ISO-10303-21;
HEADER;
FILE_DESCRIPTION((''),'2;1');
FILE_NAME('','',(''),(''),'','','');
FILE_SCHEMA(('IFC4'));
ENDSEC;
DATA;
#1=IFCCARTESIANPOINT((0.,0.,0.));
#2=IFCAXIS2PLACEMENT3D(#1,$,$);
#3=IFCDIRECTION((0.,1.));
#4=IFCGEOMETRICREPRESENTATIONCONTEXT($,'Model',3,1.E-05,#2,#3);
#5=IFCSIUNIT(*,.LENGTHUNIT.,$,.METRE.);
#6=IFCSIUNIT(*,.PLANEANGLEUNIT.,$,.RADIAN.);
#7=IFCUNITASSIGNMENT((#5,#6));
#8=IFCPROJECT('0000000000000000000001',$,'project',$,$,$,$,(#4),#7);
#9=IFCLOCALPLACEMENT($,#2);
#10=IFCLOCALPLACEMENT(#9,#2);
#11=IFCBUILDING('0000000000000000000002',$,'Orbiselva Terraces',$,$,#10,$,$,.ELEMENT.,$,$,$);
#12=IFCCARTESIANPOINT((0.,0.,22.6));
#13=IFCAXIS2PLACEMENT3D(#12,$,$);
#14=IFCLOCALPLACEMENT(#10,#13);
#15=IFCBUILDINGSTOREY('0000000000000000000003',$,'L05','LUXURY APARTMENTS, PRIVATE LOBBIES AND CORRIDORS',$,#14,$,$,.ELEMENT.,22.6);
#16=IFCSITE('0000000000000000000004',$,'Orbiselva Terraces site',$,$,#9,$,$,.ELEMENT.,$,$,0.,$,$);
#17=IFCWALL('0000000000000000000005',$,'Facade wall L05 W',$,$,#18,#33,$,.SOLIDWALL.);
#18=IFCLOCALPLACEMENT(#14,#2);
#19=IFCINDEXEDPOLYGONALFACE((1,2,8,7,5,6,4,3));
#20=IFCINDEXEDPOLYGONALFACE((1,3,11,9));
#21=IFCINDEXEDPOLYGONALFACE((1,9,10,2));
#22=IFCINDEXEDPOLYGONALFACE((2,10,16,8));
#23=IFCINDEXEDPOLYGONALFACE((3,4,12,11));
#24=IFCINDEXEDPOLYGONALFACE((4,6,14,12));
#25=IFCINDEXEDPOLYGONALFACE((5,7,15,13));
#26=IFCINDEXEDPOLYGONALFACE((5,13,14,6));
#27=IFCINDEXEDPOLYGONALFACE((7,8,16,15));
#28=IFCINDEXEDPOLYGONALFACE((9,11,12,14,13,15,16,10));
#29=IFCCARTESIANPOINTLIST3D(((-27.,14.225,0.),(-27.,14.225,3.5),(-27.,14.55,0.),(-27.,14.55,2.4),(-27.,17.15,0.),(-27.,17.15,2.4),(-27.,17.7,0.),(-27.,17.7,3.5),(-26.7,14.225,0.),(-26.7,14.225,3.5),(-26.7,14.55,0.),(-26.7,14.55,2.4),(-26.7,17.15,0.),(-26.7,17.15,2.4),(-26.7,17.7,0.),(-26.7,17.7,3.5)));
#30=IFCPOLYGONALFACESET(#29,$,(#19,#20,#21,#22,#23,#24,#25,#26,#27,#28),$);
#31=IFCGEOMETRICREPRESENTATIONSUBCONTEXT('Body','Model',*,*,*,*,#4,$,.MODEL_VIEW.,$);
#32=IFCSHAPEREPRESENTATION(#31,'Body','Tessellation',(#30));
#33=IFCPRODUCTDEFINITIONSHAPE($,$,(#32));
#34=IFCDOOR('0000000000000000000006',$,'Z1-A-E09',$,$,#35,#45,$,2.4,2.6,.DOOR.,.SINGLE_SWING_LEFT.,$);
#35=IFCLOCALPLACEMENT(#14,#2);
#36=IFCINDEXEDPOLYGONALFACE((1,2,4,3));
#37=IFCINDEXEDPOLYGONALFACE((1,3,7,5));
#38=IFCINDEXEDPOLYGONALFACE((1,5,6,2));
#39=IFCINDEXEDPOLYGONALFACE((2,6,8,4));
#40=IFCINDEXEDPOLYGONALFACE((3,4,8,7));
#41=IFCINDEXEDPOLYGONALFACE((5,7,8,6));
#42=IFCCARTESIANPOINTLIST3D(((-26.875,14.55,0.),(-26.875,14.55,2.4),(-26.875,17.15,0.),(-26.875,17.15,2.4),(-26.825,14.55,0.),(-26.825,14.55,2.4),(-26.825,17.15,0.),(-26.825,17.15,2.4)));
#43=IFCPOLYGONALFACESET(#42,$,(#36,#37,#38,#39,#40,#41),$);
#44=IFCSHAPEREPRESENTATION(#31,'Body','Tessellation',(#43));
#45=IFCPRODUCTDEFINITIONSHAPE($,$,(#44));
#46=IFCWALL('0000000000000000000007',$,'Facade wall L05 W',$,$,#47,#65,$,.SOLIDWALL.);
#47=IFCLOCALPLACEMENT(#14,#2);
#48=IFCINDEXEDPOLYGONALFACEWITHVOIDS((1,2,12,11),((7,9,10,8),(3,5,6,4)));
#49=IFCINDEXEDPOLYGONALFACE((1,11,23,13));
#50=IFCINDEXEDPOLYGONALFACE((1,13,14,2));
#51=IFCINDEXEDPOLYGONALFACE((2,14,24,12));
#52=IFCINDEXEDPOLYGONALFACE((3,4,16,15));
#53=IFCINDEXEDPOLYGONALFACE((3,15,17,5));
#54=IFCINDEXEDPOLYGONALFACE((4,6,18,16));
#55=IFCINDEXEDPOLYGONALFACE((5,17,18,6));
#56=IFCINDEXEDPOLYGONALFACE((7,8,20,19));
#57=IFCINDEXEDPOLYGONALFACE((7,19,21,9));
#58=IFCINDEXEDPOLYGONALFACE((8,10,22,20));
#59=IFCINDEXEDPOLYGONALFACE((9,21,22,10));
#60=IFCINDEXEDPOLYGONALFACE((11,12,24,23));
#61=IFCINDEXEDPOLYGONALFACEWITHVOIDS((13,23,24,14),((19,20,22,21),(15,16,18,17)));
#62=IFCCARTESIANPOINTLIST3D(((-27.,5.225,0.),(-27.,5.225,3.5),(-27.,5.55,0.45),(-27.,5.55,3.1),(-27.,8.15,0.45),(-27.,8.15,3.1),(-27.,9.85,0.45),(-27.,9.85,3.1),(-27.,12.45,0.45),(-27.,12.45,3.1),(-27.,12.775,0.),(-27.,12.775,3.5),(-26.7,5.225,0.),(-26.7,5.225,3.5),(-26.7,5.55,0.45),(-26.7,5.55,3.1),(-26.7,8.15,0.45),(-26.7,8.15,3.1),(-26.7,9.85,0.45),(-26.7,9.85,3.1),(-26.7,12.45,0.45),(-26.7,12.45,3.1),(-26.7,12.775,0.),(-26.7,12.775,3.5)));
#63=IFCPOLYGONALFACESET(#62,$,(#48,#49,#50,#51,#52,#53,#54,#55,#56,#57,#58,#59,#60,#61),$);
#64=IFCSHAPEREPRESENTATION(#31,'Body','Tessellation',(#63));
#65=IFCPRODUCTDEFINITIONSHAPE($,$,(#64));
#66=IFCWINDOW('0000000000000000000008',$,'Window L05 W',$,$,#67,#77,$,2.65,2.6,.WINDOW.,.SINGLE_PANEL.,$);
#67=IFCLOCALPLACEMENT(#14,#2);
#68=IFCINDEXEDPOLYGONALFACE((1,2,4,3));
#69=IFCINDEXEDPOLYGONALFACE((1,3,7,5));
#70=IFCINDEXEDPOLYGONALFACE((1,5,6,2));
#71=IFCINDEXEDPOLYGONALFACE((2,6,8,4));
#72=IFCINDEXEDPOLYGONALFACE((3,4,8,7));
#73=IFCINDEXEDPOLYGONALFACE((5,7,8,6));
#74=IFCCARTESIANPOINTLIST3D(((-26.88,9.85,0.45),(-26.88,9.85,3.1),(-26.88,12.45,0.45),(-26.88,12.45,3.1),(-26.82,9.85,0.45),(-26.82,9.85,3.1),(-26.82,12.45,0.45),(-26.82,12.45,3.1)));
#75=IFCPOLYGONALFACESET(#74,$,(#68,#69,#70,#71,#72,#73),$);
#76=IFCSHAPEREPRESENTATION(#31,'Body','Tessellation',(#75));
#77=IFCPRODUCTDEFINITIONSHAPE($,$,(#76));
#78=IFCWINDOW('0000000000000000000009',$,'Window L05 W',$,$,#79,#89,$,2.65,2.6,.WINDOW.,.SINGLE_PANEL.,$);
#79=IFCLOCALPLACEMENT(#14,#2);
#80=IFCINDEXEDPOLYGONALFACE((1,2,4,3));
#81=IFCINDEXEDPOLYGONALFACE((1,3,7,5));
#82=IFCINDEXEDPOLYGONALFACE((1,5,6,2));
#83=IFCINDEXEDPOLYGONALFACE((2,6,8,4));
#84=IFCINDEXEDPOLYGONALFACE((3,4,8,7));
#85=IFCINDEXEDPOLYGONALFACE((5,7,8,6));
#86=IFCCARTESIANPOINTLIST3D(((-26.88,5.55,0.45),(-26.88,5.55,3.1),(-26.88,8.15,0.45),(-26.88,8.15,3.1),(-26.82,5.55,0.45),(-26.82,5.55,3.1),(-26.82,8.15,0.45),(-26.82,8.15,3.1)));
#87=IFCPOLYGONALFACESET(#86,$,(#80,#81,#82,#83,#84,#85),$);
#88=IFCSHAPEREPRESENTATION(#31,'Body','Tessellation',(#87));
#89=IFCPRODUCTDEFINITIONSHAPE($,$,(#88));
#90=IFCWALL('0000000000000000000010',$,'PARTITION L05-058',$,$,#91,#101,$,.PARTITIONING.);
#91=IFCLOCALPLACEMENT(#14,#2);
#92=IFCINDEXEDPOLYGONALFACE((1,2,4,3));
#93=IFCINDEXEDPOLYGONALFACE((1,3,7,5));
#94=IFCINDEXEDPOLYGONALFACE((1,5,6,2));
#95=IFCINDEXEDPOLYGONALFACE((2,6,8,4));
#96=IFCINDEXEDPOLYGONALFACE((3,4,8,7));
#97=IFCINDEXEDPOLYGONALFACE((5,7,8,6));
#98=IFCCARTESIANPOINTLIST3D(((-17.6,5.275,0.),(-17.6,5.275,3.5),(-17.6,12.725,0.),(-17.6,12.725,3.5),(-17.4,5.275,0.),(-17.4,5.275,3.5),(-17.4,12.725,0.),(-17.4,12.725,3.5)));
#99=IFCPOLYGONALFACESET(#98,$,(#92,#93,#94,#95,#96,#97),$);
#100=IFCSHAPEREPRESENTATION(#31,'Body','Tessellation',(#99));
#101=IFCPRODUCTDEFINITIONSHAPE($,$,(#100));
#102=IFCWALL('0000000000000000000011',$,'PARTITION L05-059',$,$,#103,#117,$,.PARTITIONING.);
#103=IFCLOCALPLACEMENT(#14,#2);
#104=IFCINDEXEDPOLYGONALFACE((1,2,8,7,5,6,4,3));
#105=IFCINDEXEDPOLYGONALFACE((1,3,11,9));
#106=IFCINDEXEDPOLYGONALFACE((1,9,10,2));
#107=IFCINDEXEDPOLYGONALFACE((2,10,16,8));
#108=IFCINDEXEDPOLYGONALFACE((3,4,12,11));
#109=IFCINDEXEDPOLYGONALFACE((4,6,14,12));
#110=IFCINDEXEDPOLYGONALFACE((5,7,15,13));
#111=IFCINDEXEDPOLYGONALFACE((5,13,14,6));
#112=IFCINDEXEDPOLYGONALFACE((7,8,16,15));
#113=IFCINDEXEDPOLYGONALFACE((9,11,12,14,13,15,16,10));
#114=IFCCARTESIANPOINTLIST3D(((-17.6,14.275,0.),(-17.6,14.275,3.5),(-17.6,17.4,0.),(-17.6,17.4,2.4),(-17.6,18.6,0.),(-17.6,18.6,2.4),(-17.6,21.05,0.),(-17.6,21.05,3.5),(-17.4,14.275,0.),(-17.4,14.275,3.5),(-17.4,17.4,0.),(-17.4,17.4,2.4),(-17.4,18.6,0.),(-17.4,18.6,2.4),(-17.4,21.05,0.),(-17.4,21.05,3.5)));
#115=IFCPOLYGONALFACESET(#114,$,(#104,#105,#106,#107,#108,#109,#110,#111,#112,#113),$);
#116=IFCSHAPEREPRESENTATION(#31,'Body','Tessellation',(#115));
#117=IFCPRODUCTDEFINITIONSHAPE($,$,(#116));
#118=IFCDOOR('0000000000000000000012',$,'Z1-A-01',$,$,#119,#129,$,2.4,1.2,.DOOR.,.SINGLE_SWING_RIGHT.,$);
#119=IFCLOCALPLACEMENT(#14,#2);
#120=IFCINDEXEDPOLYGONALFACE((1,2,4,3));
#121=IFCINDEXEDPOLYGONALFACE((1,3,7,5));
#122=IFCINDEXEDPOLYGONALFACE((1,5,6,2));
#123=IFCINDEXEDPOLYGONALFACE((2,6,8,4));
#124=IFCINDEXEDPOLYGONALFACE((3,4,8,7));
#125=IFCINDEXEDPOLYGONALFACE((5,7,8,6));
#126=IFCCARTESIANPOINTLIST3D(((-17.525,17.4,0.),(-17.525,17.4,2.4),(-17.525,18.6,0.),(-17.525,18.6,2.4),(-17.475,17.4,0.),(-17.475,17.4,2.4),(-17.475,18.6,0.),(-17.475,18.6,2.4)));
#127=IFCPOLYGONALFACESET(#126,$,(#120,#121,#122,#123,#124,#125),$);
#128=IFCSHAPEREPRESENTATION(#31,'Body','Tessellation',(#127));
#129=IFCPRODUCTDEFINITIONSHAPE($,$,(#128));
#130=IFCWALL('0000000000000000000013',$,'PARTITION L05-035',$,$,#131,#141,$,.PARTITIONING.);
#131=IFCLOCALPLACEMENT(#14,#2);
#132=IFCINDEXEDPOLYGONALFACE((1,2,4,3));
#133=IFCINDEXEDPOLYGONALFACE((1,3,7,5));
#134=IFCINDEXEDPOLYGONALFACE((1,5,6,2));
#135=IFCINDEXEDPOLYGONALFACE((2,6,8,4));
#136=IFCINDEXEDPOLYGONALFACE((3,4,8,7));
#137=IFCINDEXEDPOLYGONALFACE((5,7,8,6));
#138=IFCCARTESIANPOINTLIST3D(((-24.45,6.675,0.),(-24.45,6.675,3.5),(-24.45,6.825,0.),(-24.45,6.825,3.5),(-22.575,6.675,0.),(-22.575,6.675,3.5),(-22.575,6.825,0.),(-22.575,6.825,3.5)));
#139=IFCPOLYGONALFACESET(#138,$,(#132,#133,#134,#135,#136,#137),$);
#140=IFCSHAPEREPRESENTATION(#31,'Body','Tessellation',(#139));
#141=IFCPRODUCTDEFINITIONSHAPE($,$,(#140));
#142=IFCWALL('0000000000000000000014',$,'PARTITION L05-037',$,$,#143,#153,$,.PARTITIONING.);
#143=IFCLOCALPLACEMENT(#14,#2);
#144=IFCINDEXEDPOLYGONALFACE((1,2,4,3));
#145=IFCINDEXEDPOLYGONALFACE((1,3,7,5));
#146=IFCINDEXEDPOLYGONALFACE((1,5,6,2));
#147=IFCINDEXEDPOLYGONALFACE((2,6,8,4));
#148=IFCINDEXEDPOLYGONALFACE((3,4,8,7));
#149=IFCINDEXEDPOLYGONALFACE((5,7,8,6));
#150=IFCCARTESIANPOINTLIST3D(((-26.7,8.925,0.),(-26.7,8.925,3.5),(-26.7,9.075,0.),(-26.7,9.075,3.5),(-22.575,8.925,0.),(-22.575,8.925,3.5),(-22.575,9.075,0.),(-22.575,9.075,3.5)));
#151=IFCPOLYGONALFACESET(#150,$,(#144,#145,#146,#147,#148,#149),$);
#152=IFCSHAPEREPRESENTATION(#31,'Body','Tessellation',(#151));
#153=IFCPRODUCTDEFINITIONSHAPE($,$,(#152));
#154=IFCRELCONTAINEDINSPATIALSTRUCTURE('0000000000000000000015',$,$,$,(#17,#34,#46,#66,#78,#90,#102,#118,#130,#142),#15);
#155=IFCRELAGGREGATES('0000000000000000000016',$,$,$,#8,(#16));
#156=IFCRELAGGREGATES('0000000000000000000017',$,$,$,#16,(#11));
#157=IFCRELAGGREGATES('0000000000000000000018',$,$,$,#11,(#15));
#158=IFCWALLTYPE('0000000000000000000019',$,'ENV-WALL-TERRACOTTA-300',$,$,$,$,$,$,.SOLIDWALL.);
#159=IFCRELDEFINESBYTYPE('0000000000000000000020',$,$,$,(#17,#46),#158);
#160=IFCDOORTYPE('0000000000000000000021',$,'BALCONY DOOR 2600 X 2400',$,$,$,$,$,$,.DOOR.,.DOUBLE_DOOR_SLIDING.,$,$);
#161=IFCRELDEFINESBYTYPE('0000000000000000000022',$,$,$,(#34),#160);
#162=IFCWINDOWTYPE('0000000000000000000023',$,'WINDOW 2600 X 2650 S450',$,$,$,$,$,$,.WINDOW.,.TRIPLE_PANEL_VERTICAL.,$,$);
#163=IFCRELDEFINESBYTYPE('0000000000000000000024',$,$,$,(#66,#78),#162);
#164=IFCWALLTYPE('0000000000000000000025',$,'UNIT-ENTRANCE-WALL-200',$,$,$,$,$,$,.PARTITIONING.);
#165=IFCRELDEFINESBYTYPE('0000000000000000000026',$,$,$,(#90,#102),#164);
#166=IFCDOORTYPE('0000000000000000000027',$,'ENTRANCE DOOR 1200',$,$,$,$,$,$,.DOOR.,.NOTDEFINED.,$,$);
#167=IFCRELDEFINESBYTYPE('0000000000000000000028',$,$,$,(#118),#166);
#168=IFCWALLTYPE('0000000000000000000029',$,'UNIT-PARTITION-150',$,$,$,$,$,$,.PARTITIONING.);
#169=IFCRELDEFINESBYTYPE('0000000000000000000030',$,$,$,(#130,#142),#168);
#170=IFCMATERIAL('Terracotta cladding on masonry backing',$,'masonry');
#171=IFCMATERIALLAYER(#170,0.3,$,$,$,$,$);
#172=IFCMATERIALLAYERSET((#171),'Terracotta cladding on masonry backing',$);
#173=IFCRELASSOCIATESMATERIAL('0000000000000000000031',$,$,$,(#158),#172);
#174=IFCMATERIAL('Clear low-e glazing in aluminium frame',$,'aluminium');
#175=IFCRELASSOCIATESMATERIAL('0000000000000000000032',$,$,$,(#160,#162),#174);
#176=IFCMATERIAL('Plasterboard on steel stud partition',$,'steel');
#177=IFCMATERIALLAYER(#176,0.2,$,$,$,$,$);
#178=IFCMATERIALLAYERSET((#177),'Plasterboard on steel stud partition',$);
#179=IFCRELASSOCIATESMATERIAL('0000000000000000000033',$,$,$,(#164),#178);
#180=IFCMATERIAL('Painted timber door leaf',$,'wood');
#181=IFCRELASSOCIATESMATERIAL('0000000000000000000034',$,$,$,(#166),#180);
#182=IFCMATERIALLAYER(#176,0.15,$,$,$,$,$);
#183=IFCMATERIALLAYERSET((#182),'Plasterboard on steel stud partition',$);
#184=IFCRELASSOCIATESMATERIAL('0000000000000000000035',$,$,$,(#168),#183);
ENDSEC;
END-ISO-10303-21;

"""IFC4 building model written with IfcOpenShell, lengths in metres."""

from ifc_helpers import new_model, si_unit, direction, frame, frame_2d, origin, place, context, subcontext, project, spatial, rectangle, extrude, material, layer, layer_set, type_object, element, fill, save


model = new_model("IFC4")

# Units and contexts
model_context = context("Model", 3, precision=1e-05, world=origin(), true_north=direction((0.0, 1.0)))
body_context = subcontext(model_context, "Body", "Model", "MODEL_VIEW")
ifc_project = project(units=[si_unit("LENGTHUNIT", "METRE"), si_unit("PLANEANGLEUNIT", "RADIAN")], contexts=[model_context])

# Site, building, storey
site_placement = place(None, origin())
site = spatial("IfcSite", under=ifc_project, at=site_placement, Name="Orbiselva Terraces site", CompositionType="ELEMENT", RefElevation=0.0)
building_placement = place(site_placement, origin())
building = spatial("IfcBuilding", under=site, at=building_placement, Name="Orbiselva Terraces", CompositionType="ELEMENT")
storey_placement = place(building_placement, frame((0.0, 0.0, 22.6)))
storey = spatial("IfcBuildingStorey", under=building, at=storey_placement, Name="L05", Description="LUXURY APARTMENTS, PRIVATE LOBBIES AND CORRIDORS", CompositionType="ELEMENT", Elevation=22.6)

# Wall, opening, door
ifc_material_1 = material(Name="Terracotta cladding on masonry backing", Category="masonry")
ifc_layer_1 = layer(ifc_material_1, 0.3)
ifc_layer_set_1 = layer_set([ifc_layer_1], Name="Terracotta cladding on masonry backing")
wall_type_1 = type_object("IfcWallType", Name="ENV-WALL-TERRACOTTA-300", PredefinedType="SOLIDWALL", material=ifc_layer_set_1)
wall_1_placement = place(storey_placement, frame((-26.85, 14.225, 0.0), z_axis=(0.0, 0.0, 1.0), x_axis=(0.0, 1.0, 0.0)))
wall_1 = element("IfcWall", 1, at=wall_1_placement, inside=storey, type_object=wall_type_1, Name="Facade wall L05 W", PredefinedType="SOLIDWALL", context=body_context, shape_type="SweptSolid", body=[
    extrude(rectangle(XDim=3.475, YDim=0.3, at=frame_2d((1.7375, 0.0))), origin(), (0.0, 0.0, 1.0), 3.5),
])
opening_1_placement = place(wall_1_placement, frame((0.325, 0.0, 0.0)))
opening_1 = element("IfcOpeningElement", 2, at=opening_1_placement, cuts=wall_1, PredefinedType="OPENING", context=body_context, shape_type="SweptSolid", body=[
    extrude(rectangle(XDim=2.6, YDim=2.4, at=frame_2d((1.3, 1.2))), frame((0.0, 0.16, 0.0), z_axis=(0.0, -1.0, 0.0), x_axis=(1.0, 0.0, 0.0)), (0.0, 0.0, 1.0), 0.32),
])
ifc_material_2 = material(Name="Clear low-e glazing in aluminium frame", Category="aluminium")
door_type_1 = type_object("IfcDoorType", Name="BALCONY DOOR 2600 X 2400", OperationType="DOUBLE_DOOR_SLIDING", PredefinedType="DOOR", material=ifc_material_2)
door_1_placement = place(opening_1_placement, origin())
door_1 = element("IfcDoor", 3, at=door_1_placement, inside=storey, type_object=door_type_1, Name="Z1-A-E09", OperationType="SINGLE_SWING_LEFT", OverallHeight=2.4, OverallWidth=2.6, PredefinedType="DOOR", context=body_context, shape_type="SweptSolid", body=[
    extrude(rectangle(XDim=2.6, YDim=2.4, at=frame_2d((1.3, 1.2))), frame((0.0, 0.025, 0.0), z_axis=(0.0, -1.0, 0.0), x_axis=(1.0, 0.0, 0.0)), (0.0, 0.0, 1.0), 0.05),
])
fill(opening_1, door_1)

# Wall, openings, windows
wall_2_placement = place(storey_placement, frame((-26.85, 5.225, 0.0), z_axis=(0.0, 0.0, 1.0), x_axis=(0.0, 1.0, 0.0)))
wall_2 = element("IfcWall", 4, at=wall_2_placement, inside=storey, type_object=wall_type_1, Name="Facade wall L05 W", PredefinedType="SOLIDWALL", context=body_context, shape_type="SweptSolid", body=[
    extrude(rectangle(XDim=7.55, YDim=0.3, at=frame_2d((3.775, 0.0))), origin(), (0.0, 0.0, 1.0), 3.5),
])
opening_2_placement = place(wall_2_placement, frame((4.625, 0.0, 0.45)))
opening_2 = element("IfcOpeningElement", 5, at=opening_2_placement, cuts=wall_2, PredefinedType="OPENING", context=body_context, shape_type="SweptSolid", body=[
    extrude(rectangle(XDim=2.6, YDim=2.65, at=frame_2d((1.3, 1.325))), frame((0.0, 0.16, 0.0), z_axis=(0.0, -1.0, 0.0), x_axis=(1.0, 0.0, 0.0)), (0.0, 0.0, 1.0), 0.32),
])
opening_3_placement = place(wall_2_placement, frame((0.325, 0.0, 0.45)))
opening_3 = element("IfcOpeningElement", 6, at=opening_3_placement, cuts=wall_2, PredefinedType="OPENING", context=body_context, shape_type="SweptSolid", body=[
    extrude(rectangle(XDim=2.6, YDim=2.65, at=frame_2d((1.3, 1.325))), frame((0.0, 0.16, 0.0), z_axis=(0.0, -1.0, 0.0), x_axis=(1.0, 0.0, 0.0)), (0.0, 0.0, 1.0), 0.32),
])
window_type = type_object("IfcWindowType", Name="WINDOW 2600 X 2650 S450", PartitioningType="TRIPLE_PANEL_VERTICAL", PredefinedType="WINDOW", material=ifc_material_2)
window_1_placement = place(opening_2_placement, origin())
window_1 = element("IfcWindow", 7, at=window_1_placement, inside=storey, type_object=window_type, Name="Window L05 W", OverallHeight=2.65, OverallWidth=2.6, PartitioningType="SINGLE_PANEL", PredefinedType="WINDOW", context=body_context, shape_type="SweptSolid", body=[
    extrude(rectangle(XDim=2.6, YDim=2.65, at=frame_2d((1.3, 1.325))), frame((0.0, 0.03, 0.0), z_axis=(0.0, -1.0, 0.0), x_axis=(1.0, 0.0, 0.0)), (0.0, 0.0, 1.0), 0.06),
])
fill(opening_2, window_1)
window_2_placement = place(opening_3_placement, origin())
window_2 = element("IfcWindow", 8, at=window_2_placement, inside=storey, type_object=window_type, Name="Window L05 W", OverallHeight=2.65, OverallWidth=2.6, PartitioningType="SINGLE_PANEL", PredefinedType="WINDOW", context=body_context, shape_type="SweptSolid", body=[
    extrude(rectangle(XDim=2.6, YDim=2.65, at=frame_2d((1.3, 1.325))), frame((0.0, 0.03, 0.0), z_axis=(0.0, -1.0, 0.0), x_axis=(1.0, 0.0, 0.0)), (0.0, 0.0, 1.0), 0.06),
])
fill(opening_3, window_2)

# Wall
ifc_material_3 = material(Name="Plasterboard on steel stud partition", Category="steel")
ifc_layer_2 = layer(ifc_material_3, 0.2)
ifc_layer_set_2 = layer_set([ifc_layer_2], Name="Plasterboard on steel stud partition")
wall_type_2 = type_object("IfcWallType", Name="UNIT-ENTRANCE-WALL-200", PredefinedType="PARTITIONING", material=ifc_layer_set_2)
wall_3_placement = place(storey_placement, frame((-17.5, 5.275, 0.0), z_axis=(0.0, 0.0, 1.0), x_axis=(0.0, 1.0, 0.0)))
element("IfcWall", 9, at=wall_3_placement, inside=storey, type_object=wall_type_2, Name="PARTITION L05-058", PredefinedType="PARTITIONING", context=body_context, shape_type="SweptSolid", body=[
    extrude(rectangle(XDim=7.45, YDim=0.2, at=frame_2d((3.725, 0.0))), origin(), (0.0, 0.0, 1.0), 3.5),
])

# Wall, opening, door
wall_4_placement = place(storey_placement, frame((-17.5, 14.275, 0.0), z_axis=(0.0, 0.0, 1.0), x_axis=(0.0, 1.0, 0.0)))
wall_4 = element("IfcWall", 10, at=wall_4_placement, inside=storey, type_object=wall_type_2, Name="PARTITION L05-059", PredefinedType="PARTITIONING", context=body_context, shape_type="SweptSolid", body=[
    extrude(rectangle(XDim=6.775, YDim=0.2, at=frame_2d((3.3875, 0.0))), origin(), (0.0, 0.0, 1.0), 3.5),
])
opening_4_placement = place(wall_4_placement, frame((3.125, 0.0, 0.0)))
opening_4 = element("IfcOpeningElement", 11, at=opening_4_placement, cuts=wall_4, PredefinedType="OPENING", context=body_context, shape_type="SweptSolid", body=[
    extrude(rectangle(XDim=1.2, YDim=2.4, at=frame_2d((0.6, 1.2))), frame((0.0, 0.11, 0.0), z_axis=(0.0, -1.0, 0.0), x_axis=(1.0, 0.0, 0.0)), (0.0, 0.0, 1.0), 0.22),
])
ifc_material_4 = material(Name="Painted timber door leaf", Category="wood")
door_type_2 = type_object("IfcDoorType", Name="ENTRANCE DOOR 1200", OperationType="NOTDEFINED", PredefinedType="DOOR", material=ifc_material_4)
door_2_placement = place(opening_4_placement, origin())
door_2 = element("IfcDoor", 12, at=door_2_placement, inside=storey, type_object=door_type_2, Name="Z1-A-01", OperationType="SINGLE_SWING_RIGHT", OverallHeight=2.4, OverallWidth=1.2, PredefinedType="DOOR", context=body_context, shape_type="SweptSolid", body=[
    extrude(rectangle(XDim=1.2, YDim=2.4, at=frame_2d((0.6, 1.2))), frame((0.0, 0.025, 0.0), z_axis=(0.0, -1.0, 0.0), x_axis=(1.0, 0.0, 0.0)), (0.0, 0.0, 1.0), 0.05),
])
fill(opening_4, door_2)

# Walls
ifc_layer_3 = layer(ifc_material_3, 0.15)
ifc_layer_set_3 = layer_set([ifc_layer_3], Name="Plasterboard on steel stud partition")
wall_type_3 = type_object("IfcWallType", Name="UNIT-PARTITION-150", PredefinedType="PARTITIONING", material=ifc_layer_set_3)
wall_5_placement = place(storey_placement, frame((-24.45, 6.75, 0.0), z_axis=(0.0, 0.0, 1.0), x_axis=(1.0, 0.0, 0.0)))
element("IfcWall", 13, at=wall_5_placement, inside=storey, type_object=wall_type_3, Name="PARTITION L05-035", PredefinedType="PARTITIONING", context=body_context, shape_type="SweptSolid", body=[
    extrude(rectangle(XDim=1.875, YDim=0.15, at=frame_2d((0.9375, 0.0))), origin(), (0.0, 0.0, 1.0), 3.5),
])
wall_6_placement = place(storey_placement, frame((-26.7, 9.0, 0.0), z_axis=(0.0, 0.0, 1.0), x_axis=(1.0, 0.0, 0.0)))
element("IfcWall", 14, at=wall_6_placement, inside=storey, type_object=wall_type_3, Name="PARTITION L05-037", PredefinedType="PARTITIONING", context=body_context, shape_type="SweptSolid", body=[
    extrude(rectangle(XDim=4.125, YDim=0.15, at=frame_2d((2.0625, 0.0))), origin(), (0.0, 0.0, 1.0), 3.5),
])

save(model, "model.ifc")
